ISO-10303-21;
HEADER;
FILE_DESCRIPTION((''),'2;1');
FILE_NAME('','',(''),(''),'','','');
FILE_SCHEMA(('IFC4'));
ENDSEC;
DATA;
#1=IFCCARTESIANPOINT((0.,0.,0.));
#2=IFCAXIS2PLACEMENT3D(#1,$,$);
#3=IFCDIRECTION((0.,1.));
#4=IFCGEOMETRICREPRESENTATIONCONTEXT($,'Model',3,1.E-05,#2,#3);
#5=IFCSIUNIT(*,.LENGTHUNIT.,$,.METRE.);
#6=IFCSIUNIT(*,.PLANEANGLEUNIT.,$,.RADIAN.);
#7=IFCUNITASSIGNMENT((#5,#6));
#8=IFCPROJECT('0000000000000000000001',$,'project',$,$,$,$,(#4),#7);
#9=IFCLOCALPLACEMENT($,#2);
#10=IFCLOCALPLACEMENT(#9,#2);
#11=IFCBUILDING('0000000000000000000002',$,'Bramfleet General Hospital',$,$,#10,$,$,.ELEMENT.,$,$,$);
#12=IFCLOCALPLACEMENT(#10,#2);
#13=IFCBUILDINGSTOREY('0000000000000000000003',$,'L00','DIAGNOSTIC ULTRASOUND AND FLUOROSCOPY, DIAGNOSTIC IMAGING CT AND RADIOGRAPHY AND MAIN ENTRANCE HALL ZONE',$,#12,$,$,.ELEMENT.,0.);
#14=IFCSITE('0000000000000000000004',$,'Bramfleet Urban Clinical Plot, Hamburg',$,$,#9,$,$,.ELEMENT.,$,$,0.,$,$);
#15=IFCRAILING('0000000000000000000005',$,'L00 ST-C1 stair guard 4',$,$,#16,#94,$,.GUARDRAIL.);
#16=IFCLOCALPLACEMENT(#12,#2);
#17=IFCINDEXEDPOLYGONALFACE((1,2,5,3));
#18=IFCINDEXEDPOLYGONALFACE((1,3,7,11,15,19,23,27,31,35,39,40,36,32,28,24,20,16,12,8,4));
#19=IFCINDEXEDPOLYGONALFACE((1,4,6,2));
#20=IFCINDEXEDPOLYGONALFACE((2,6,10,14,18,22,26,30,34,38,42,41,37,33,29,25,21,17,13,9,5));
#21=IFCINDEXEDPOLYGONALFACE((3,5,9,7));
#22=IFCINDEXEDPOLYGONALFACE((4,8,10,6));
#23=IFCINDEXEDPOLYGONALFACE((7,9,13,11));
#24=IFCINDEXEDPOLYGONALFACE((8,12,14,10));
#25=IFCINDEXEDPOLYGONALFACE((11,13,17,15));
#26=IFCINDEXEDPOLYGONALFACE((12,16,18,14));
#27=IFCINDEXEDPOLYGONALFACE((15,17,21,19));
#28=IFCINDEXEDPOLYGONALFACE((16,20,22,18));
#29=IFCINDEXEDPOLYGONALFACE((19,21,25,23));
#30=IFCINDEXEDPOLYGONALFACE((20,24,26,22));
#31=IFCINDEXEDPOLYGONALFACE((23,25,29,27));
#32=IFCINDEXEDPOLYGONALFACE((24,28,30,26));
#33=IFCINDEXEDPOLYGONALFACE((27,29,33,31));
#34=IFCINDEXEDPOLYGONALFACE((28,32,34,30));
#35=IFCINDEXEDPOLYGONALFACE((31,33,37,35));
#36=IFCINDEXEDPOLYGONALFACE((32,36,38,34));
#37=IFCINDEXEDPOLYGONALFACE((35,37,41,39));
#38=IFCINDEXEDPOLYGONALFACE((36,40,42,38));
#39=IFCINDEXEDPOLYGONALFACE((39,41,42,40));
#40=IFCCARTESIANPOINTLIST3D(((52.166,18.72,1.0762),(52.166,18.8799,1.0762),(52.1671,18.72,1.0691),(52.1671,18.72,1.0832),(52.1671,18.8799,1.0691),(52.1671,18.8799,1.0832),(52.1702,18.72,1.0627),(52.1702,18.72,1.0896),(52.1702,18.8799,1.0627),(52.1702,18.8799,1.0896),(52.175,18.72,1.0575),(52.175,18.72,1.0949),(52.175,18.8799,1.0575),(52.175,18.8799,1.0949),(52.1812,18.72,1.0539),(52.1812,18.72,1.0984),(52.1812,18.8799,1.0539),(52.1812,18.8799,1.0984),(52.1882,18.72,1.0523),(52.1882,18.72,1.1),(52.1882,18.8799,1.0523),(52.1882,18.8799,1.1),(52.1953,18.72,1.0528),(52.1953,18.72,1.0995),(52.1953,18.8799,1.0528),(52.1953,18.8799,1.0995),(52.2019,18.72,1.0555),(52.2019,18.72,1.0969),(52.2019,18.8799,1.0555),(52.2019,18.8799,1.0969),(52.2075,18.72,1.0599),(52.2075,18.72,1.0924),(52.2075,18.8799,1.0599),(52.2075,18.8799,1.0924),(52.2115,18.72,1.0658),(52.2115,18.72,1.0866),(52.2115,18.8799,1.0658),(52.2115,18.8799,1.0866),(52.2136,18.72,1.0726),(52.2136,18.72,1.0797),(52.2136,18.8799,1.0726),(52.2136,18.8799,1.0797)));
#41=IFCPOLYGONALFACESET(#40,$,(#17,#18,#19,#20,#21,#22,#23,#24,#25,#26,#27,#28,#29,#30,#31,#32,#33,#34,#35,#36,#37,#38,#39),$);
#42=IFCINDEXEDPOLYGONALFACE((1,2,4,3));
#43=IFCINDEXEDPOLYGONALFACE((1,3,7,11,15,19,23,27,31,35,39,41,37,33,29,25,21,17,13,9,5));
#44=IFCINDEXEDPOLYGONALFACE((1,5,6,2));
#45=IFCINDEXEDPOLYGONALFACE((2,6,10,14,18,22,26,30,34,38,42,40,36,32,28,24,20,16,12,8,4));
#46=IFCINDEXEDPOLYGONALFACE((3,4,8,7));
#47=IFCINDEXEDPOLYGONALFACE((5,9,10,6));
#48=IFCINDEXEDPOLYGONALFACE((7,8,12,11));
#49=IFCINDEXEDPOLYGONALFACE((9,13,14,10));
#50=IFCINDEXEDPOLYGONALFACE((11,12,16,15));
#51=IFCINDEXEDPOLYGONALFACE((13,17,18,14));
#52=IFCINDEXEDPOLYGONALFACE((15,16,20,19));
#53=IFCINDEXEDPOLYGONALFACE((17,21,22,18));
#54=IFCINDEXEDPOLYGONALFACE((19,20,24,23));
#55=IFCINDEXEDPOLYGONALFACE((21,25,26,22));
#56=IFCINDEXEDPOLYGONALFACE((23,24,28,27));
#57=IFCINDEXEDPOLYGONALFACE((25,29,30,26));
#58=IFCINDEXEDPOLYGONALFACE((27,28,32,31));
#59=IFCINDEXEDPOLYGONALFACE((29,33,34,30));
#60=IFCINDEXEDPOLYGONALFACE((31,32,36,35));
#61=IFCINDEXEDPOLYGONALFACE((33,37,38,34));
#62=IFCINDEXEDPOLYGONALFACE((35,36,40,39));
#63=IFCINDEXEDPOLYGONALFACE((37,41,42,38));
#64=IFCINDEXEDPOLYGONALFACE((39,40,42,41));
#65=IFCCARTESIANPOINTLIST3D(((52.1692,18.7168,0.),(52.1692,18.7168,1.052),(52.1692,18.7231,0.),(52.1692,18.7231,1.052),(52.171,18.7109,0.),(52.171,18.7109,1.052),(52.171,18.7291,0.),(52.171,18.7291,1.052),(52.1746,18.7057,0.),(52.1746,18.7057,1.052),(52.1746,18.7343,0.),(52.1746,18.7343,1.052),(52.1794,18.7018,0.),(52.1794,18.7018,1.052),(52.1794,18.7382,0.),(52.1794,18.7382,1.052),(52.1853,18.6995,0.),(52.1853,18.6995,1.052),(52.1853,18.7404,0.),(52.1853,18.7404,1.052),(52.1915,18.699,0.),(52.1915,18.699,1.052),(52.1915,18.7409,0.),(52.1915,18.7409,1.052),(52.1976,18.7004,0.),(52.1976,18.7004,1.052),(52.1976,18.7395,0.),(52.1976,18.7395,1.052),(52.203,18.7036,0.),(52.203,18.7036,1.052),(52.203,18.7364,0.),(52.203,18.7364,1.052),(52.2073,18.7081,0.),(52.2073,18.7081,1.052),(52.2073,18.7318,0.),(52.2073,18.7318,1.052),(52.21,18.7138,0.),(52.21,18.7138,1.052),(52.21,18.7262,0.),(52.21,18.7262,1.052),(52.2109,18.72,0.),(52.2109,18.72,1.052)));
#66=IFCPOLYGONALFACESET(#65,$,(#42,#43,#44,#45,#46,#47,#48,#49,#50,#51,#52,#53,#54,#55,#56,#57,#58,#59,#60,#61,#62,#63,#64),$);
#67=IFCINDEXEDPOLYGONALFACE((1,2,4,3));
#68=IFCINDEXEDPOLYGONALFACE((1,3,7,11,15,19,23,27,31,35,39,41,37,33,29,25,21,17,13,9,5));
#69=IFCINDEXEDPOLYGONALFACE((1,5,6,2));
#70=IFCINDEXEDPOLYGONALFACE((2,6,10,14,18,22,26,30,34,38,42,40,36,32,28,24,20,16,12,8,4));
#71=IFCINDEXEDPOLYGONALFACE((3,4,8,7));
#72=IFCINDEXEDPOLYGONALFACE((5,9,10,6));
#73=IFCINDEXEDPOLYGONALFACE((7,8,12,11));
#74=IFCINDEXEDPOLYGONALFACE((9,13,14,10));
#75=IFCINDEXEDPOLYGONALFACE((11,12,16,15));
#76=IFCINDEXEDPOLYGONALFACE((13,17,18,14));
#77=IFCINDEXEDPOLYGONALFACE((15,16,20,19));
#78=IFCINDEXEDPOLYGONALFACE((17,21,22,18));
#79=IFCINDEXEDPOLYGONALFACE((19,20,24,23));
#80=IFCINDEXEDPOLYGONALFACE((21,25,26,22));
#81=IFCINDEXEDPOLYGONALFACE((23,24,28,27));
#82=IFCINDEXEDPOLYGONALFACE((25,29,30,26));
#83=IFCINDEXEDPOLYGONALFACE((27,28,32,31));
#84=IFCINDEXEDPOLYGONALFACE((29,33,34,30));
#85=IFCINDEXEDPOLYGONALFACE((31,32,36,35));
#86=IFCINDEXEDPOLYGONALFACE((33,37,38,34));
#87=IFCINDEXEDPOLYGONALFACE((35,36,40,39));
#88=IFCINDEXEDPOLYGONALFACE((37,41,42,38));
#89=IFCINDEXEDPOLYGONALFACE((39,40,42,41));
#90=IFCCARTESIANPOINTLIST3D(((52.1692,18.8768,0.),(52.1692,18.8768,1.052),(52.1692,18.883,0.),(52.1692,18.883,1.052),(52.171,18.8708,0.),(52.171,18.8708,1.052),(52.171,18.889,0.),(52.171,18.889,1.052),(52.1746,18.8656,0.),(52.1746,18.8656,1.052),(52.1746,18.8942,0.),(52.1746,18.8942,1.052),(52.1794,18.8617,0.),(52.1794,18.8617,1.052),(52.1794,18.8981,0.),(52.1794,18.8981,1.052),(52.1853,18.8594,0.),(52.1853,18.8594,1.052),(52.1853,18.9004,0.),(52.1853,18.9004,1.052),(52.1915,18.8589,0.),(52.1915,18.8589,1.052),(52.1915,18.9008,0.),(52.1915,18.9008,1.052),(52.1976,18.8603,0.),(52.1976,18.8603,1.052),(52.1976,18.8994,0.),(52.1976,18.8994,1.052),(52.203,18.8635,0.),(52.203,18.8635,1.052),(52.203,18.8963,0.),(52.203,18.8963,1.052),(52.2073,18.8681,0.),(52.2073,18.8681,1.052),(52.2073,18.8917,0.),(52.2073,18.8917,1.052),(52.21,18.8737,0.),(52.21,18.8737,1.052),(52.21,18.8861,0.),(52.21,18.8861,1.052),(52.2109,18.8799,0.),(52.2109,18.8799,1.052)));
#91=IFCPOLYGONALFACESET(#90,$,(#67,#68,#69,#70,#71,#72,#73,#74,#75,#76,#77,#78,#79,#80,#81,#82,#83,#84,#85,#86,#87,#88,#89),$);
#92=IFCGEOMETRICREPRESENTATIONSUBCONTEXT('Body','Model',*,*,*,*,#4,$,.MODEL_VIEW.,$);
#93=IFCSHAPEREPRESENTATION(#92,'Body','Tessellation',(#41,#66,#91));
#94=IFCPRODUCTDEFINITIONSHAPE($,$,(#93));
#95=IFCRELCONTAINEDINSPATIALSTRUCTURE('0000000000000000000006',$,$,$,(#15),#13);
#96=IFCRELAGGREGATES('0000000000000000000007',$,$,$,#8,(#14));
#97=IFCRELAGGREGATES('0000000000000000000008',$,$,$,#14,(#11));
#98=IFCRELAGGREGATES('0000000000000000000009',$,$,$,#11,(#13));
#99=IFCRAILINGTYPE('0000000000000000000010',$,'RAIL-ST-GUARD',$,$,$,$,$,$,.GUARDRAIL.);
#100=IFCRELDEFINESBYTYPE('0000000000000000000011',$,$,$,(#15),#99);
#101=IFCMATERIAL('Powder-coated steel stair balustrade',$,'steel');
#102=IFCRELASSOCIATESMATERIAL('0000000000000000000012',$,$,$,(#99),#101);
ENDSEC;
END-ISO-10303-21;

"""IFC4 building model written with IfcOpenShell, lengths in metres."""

from ifc_helpers import new_model, si_unit, direction, frame, origin, origin_2d, place, context, subcontext, project, spatial, circle, extrude, material, type_object, element, save


model = new_model("IFC4")

# Units and contexts
model_context = context("Model", 3, precision=1e-05, world=origin(), true_north=direction((0.0, 1.0)))
body_context = subcontext(model_context, "Body", "Model", "MODEL_VIEW")
ifc_project = project(units=[si_unit("LENGTHUNIT", "METRE"), si_unit("PLANEANGLEUNIT", "RADIAN")], contexts=[model_context])

# Site, building, storey
site_placement = place(None, origin())
site = spatial("IfcSite", under=ifc_project, at=site_placement, Name="Bramfleet Urban Clinical Plot, Hamburg", CompositionType="ELEMENT", RefElevation=0.0)
building_placement = place(site_placement, origin())
building = spatial("IfcBuilding", under=site, at=building_placement, Name="Bramfleet General Hospital", CompositionType="ELEMENT")
storey_placement = place(building_placement, origin())
storey = spatial("IfcBuildingStorey", under=building, at=storey_placement, Name="L00", Description="DIAGNOSTIC ULTRASOUND AND FLUOROSCOPY, DIAGNOSTIC IMAGING CT AND RADIOGRAPHY AND MAIN ENTRANCE HALL ZONE", CompositionType="ELEMENT", Elevation=0.0)

# Railing
ifc_material_1 = material(Name="Powder-coated steel stair balustrade", Category="steel")
railing_type_1 = type_object("IfcRailingType", Name="RAIL-ST-GUARD", PredefinedType="GUARDRAIL", material=ifc_material_1)
railing_1_placement = place(storey_placement, frame((52.1899, 18.72, 0.0)))
element("IfcRailing", 1, at=railing_1_placement, inside=storey, type_object=railing_type_1, Name="L00 ST-C1 stair guard 4", PredefinedType="GUARDRAIL", context=body_context, shape_type="SweptSolid", body=[
    extrude(circle(Radius=0.0239, at=origin_2d()), frame((0.0, 0.0, 1.0762), z_axis=(0.0, 1.0, 0.0), x_axis=(-1.0, 0.0, 0.0)), (0.0, 0.0, 1.0), 0.1599),
    extrude(circle(Radius=0.021, at=origin_2d()), origin(), (0.0, 0.0, 1.0), 1.052),
    extrude(circle(Radius=0.021, at=origin_2d()), frame((0.0, 0.1599, 0.0)), (0.0, 0.0, 1.0), 1.052),
])

save(model, "model.ifc")
